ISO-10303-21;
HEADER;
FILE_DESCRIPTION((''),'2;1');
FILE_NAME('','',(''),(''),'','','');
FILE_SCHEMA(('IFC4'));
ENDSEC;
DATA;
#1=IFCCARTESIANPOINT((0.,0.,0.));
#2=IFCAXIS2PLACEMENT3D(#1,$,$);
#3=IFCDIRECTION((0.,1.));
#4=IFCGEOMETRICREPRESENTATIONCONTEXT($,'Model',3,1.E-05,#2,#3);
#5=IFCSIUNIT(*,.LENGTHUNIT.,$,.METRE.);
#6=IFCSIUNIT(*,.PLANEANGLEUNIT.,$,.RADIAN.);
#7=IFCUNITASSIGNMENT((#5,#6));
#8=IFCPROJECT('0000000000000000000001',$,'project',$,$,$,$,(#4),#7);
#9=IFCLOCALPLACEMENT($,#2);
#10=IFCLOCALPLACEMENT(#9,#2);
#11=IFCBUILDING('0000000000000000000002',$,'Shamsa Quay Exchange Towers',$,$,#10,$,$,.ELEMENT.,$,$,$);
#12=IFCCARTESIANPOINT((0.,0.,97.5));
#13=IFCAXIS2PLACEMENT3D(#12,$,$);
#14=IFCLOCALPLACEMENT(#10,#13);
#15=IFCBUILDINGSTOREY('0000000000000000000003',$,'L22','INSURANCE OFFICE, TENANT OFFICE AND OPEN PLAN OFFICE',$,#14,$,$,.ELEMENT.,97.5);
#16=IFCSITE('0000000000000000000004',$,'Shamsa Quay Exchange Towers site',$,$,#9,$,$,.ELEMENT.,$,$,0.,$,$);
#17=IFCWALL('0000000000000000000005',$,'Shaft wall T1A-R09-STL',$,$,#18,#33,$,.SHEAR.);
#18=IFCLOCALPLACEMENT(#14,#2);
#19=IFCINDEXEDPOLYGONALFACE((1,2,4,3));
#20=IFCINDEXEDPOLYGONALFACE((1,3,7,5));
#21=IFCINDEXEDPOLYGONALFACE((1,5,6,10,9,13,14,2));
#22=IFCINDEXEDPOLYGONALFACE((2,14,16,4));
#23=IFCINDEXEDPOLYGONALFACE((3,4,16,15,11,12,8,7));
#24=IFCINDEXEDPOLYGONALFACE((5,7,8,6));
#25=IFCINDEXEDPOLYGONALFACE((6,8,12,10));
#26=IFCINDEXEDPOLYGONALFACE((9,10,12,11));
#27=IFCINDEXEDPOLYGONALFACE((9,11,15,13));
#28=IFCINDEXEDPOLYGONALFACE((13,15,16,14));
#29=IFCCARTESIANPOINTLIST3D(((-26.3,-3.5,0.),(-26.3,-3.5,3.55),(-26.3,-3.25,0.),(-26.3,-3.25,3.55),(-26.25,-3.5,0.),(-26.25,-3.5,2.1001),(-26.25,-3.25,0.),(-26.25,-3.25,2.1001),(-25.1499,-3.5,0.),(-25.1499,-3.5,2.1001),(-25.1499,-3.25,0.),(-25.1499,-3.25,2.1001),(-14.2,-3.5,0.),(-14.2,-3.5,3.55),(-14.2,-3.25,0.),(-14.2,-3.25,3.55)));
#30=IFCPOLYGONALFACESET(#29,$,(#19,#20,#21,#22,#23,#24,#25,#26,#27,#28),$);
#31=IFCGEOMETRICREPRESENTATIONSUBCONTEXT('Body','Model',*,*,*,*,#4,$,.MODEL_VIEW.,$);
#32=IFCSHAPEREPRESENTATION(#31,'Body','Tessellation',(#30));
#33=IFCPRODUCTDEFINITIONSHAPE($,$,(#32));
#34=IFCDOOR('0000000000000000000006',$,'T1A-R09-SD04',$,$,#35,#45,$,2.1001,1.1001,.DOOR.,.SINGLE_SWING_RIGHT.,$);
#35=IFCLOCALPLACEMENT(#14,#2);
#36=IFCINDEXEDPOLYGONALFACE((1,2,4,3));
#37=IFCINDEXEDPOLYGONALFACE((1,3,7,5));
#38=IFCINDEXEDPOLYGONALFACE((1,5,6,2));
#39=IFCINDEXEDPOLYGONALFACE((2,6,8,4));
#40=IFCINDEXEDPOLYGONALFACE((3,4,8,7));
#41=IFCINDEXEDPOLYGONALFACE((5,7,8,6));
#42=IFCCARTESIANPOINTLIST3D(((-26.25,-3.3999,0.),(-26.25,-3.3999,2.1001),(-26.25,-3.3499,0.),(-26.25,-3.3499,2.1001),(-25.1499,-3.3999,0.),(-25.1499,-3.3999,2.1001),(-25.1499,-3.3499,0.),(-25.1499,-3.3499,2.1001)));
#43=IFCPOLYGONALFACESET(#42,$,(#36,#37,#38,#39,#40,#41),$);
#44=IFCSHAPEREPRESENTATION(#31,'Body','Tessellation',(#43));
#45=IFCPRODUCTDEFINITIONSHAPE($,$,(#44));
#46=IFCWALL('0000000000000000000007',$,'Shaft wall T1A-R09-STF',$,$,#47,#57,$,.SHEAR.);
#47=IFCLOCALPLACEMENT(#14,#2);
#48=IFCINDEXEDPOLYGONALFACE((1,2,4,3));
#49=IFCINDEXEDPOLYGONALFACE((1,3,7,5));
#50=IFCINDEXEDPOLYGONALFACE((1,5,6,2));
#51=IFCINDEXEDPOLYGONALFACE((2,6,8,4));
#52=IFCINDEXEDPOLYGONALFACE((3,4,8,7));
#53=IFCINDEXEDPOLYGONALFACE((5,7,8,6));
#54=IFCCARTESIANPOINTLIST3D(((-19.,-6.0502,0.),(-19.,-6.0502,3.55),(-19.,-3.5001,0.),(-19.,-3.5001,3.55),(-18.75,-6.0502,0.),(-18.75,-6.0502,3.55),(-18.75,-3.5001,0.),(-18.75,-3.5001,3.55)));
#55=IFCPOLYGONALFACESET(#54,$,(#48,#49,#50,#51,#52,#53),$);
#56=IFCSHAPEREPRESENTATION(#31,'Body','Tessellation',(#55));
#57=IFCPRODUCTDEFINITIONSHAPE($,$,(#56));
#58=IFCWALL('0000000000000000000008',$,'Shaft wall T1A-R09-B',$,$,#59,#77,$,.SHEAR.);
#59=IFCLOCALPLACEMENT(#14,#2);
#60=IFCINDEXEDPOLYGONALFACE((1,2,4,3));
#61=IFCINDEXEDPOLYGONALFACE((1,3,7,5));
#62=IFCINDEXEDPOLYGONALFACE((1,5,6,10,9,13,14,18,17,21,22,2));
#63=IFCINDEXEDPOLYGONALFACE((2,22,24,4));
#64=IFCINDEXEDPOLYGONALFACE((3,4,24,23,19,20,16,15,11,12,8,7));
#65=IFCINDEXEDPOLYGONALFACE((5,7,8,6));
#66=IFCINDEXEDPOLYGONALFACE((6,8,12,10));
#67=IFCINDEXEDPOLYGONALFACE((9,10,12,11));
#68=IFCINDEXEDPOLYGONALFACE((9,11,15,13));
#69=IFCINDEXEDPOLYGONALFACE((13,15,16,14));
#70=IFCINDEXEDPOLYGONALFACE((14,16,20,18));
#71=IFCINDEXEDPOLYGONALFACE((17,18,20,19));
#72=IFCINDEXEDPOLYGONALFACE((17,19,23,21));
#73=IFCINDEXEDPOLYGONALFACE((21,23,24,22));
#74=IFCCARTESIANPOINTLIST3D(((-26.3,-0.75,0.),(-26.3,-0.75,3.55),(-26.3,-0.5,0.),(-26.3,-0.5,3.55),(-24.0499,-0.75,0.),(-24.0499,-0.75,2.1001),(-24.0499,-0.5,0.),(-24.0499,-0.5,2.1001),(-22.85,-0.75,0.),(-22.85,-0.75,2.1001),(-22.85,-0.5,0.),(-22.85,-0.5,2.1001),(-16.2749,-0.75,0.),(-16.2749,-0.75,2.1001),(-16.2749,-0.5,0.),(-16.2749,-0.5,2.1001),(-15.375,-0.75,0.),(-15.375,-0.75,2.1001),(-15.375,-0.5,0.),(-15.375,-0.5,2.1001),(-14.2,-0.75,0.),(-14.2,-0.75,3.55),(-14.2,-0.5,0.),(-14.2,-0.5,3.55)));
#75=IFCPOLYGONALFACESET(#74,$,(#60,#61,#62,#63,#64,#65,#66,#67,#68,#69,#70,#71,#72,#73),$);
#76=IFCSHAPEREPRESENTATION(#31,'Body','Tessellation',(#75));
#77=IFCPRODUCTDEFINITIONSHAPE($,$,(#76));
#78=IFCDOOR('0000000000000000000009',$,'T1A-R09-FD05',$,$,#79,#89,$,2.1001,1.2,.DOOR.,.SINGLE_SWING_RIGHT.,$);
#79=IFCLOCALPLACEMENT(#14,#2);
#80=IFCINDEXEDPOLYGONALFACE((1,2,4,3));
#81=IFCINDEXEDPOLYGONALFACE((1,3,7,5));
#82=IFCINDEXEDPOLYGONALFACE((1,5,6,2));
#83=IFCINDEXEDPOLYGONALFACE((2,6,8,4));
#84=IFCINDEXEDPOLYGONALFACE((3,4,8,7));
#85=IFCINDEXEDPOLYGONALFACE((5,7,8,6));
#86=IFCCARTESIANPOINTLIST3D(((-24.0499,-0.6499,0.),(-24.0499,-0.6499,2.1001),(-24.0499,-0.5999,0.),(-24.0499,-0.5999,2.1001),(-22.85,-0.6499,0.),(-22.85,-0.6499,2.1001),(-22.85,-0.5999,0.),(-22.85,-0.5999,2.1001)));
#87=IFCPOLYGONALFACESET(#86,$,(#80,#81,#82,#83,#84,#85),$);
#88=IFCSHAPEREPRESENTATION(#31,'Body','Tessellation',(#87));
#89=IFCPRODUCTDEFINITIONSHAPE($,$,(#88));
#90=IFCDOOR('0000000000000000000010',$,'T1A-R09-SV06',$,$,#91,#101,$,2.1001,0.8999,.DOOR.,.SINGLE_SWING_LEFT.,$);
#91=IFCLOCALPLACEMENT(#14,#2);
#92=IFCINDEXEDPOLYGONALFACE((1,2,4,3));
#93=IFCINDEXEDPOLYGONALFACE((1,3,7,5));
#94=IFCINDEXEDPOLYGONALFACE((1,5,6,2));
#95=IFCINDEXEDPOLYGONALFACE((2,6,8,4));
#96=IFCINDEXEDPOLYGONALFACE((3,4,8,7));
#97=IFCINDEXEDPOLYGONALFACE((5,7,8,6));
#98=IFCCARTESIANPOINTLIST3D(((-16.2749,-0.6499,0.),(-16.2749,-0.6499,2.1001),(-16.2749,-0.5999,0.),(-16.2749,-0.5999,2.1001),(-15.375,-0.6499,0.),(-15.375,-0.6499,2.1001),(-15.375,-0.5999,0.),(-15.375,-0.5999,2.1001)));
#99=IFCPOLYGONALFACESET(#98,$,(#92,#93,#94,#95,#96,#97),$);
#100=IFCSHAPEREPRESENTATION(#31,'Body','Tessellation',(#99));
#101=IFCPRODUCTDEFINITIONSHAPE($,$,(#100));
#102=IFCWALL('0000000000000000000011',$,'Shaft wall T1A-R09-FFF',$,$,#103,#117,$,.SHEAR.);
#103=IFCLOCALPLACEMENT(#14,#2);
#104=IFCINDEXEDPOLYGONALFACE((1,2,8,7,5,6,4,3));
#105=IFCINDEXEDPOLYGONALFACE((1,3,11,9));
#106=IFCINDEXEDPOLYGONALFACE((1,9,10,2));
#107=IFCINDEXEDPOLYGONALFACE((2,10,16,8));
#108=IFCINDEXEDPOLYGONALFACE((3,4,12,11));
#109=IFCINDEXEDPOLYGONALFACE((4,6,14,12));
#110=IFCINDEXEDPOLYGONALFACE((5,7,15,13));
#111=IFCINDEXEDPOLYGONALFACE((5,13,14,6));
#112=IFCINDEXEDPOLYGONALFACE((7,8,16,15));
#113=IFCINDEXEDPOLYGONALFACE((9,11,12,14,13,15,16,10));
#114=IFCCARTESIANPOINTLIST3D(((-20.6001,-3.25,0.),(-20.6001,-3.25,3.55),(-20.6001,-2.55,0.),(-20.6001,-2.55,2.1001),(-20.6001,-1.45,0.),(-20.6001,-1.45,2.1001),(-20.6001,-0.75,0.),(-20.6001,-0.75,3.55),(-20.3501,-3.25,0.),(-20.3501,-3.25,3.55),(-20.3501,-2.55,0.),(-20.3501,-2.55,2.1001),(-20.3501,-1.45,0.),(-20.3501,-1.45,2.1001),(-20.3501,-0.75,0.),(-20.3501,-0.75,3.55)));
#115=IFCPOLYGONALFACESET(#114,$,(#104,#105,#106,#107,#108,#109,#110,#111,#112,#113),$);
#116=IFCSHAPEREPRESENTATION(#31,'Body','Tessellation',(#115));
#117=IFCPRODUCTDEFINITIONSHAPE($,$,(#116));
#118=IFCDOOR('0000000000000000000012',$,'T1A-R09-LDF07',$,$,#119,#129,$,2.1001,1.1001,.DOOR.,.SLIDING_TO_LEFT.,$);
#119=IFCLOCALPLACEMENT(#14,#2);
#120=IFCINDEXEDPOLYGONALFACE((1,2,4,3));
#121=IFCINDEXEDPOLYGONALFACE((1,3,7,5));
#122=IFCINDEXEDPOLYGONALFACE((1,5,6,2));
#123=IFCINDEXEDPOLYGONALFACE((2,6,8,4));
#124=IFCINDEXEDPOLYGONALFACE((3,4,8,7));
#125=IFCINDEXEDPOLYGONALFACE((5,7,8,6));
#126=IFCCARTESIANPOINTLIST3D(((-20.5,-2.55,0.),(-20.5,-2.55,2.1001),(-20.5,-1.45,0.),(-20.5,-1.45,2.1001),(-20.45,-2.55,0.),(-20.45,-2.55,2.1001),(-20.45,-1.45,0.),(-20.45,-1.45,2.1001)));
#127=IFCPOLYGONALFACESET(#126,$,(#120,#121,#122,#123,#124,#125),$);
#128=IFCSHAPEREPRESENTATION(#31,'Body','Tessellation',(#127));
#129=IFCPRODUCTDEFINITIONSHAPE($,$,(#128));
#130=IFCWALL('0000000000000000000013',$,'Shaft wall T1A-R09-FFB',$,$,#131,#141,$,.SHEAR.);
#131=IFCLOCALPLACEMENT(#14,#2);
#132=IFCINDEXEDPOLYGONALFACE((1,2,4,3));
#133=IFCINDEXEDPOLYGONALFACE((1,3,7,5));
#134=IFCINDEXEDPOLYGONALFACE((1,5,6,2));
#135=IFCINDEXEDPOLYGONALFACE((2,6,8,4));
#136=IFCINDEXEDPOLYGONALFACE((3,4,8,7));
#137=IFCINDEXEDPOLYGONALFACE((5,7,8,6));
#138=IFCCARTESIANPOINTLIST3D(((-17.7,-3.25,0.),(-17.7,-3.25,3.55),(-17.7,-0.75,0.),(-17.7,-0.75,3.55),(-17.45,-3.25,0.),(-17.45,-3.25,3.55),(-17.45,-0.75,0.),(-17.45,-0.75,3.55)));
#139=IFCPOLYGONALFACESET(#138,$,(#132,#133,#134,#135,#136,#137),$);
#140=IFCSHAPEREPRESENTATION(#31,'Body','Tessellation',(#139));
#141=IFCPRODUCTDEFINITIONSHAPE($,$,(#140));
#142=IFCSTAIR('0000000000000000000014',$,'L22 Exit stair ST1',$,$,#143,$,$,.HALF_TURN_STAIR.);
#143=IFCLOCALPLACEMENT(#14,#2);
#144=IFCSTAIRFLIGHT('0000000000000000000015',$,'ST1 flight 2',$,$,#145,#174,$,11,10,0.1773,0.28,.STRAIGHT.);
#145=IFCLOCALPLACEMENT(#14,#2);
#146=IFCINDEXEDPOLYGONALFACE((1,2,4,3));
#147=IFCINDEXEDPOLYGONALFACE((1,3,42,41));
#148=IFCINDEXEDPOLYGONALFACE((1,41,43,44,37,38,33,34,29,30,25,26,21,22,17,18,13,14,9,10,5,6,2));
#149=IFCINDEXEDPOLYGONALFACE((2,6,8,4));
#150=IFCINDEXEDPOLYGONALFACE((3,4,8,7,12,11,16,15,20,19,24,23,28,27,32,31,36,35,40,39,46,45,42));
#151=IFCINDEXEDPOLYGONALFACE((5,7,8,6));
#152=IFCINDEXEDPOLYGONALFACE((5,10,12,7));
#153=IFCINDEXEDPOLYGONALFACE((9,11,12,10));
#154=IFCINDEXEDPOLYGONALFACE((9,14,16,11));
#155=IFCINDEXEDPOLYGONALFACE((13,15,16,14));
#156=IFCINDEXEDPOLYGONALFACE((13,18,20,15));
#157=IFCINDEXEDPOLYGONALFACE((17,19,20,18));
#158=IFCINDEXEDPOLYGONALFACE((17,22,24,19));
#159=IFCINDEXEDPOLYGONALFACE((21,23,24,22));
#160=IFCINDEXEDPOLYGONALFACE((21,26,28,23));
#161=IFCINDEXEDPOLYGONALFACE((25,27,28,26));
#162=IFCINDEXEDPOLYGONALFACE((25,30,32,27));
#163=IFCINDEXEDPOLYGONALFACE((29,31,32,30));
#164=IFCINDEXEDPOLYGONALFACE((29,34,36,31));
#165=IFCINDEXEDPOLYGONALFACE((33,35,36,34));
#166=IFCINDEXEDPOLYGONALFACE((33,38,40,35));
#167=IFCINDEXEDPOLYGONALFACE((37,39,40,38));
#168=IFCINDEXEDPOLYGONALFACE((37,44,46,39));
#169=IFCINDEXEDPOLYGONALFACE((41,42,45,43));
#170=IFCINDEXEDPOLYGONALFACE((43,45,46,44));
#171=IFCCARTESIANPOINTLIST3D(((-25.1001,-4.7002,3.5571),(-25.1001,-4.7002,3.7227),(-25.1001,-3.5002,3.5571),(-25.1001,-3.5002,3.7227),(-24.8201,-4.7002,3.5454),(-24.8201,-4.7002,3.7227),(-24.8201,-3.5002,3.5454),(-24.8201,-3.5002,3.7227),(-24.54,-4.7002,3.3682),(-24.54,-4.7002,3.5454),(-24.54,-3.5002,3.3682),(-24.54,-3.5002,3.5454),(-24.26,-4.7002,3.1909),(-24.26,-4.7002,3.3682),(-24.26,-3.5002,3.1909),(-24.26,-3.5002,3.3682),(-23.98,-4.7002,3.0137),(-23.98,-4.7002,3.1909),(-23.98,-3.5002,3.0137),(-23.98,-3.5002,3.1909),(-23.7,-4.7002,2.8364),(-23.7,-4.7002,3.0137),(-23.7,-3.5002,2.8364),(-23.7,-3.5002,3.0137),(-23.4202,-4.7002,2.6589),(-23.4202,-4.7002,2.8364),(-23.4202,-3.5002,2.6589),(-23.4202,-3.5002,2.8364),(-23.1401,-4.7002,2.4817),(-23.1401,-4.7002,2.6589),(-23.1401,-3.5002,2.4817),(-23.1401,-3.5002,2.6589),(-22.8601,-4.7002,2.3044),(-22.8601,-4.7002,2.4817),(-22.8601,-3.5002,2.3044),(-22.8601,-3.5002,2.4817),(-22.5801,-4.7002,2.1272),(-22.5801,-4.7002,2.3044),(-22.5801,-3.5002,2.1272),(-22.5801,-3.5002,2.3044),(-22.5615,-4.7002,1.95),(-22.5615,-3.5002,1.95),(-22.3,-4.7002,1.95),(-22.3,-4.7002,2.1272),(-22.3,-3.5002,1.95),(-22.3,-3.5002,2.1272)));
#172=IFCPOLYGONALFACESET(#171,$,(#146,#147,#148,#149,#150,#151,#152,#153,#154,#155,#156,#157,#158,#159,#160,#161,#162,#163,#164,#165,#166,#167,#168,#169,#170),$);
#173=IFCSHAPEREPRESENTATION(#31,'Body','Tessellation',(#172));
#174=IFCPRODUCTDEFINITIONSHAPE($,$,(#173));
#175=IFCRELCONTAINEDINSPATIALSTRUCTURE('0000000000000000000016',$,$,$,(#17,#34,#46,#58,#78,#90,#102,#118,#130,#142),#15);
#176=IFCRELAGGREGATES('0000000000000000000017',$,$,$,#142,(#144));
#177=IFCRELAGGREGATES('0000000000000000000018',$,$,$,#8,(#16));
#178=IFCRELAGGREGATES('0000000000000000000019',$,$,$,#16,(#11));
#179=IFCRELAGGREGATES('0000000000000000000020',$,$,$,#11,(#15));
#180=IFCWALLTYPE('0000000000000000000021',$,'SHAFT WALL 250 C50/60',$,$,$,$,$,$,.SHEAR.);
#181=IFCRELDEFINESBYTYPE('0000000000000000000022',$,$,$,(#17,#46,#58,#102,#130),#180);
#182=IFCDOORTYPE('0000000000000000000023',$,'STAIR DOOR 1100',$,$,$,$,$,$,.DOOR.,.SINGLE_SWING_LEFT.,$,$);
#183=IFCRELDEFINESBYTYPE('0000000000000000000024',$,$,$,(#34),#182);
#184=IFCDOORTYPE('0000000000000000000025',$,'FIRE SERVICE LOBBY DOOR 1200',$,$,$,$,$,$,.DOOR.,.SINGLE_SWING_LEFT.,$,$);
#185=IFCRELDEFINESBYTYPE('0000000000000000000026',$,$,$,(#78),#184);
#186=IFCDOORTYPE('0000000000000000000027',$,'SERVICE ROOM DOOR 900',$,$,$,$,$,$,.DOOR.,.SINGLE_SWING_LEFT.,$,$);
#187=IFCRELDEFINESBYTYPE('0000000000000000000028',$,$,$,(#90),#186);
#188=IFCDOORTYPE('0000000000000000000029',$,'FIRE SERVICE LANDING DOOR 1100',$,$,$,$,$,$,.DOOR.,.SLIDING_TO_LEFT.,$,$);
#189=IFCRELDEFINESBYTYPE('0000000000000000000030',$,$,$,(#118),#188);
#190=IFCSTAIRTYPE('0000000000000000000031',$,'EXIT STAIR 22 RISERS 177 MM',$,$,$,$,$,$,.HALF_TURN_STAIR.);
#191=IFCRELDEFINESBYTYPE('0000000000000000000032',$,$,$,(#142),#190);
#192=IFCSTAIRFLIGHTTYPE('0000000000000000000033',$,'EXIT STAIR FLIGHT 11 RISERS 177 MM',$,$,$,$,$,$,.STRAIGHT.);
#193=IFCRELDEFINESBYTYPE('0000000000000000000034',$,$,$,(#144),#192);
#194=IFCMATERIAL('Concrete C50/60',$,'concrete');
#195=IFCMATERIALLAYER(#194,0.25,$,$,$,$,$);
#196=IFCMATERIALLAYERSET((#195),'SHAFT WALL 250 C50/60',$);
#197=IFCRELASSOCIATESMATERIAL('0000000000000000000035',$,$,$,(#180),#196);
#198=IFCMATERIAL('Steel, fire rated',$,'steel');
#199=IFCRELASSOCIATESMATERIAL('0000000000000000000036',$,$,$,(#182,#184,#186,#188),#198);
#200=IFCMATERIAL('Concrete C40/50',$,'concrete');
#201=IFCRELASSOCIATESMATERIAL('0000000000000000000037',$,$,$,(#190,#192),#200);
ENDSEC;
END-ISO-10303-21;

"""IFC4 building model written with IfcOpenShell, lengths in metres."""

from ifc_helpers import new_model, si_unit, direction, frame, frame_2d, origin, place, context, subcontext, project, spatial, polyline, rectangle, outline, extrude, material, layer, layer_set, type_object, element, fill, aggregate, save


model = new_model("IFC4")

# Units and contexts
model_context = context("Model", 3, precision=1e-05, world=origin(), true_north=direction((0.0, 1.0)))
body_context = subcontext(model_context, "Body", "Model", "MODEL_VIEW")
ifc_project = project(units=[si_unit("LENGTHUNIT", "METRE"), si_unit("PLANEANGLEUNIT", "RADIAN")], contexts=[model_context])

# Site, building, storey
site_placement = place(None, origin())
site = spatial("IfcSite", under=ifc_project, at=site_placement, Name="Shamsa Quay Exchange Towers site", CompositionType="ELEMENT", RefElevation=0.0)
building_placement = place(site_placement, origin())
building = spatial("IfcBuilding", under=site, at=building_placement, Name="Shamsa Quay Exchange Towers", CompositionType="ELEMENT")
storey_placement = place(building_placement, frame((0.0, 0.0, 97.5)))
storey = spatial("IfcBuildingStorey", under=building, at=storey_placement, Name="L22", Description="INSURANCE OFFICE, TENANT OFFICE AND OPEN PLAN OFFICE", CompositionType="ELEMENT", Elevation=97.5)

# Wall, opening, door
ifc_material_1 = material(Name="Concrete C50/60", Category="concrete")
ifc_layer_1 = layer(ifc_material_1, 0.25)
ifc_layer_set_1 = layer_set([ifc_layer_1], Name="SHAFT WALL 250 C50/60")
wall_type_1 = type_object("IfcWallType", Name="SHAFT WALL 250 C50/60", PredefinedType="SHEAR", material=ifc_layer_set_1)
wall_1_placement = place(storey_placement, frame((-14.2, -3.375, 0.0), z_axis=(0.0, 0.0, 1.0), x_axis=(-1.0, 0.0, 0.0)))
wall_1 = element("IfcWall", 1, at=wall_1_placement, inside=storey, type_object=wall_type_1, Name="Shaft wall T1A-R09-STL", PredefinedType="SHEAR", context=body_context, shape_type="SweptSolid", body=[
    extrude(rectangle(XDim=12.1001, YDim=0.25, at=frame_2d((6.05, 0.0))), origin(), (0.0, 0.0, 1.0), 3.55),
])
opening_1_placement = place(wall_1_placement, frame((10.95, 0.0, 0.0)))
opening_1 = element("IfcOpeningElement", 2, at=opening_1_placement, cuts=wall_1, PredefinedType="OPENING", context=body_context, shape_type="SweptSolid", body=[
    extrude(rectangle(XDim=1.1001, YDim=2.1001, at=frame_2d((0.55, 1.05))), frame((0.0, 0.135, 0.0), z_axis=(0.0, -1.0, 0.0), x_axis=(1.0, 0.0, 0.0)), (0.0, 0.0, 1.0), 0.27),
])
ifc_material_2 = material(Name="Steel, fire rated", Category="steel")
door_type_1 = type_object("IfcDoorType", Name="STAIR DOOR 1100", OperationType="SINGLE_SWING_LEFT", PredefinedType="DOOR", material=ifc_material_2)
door_1_placement = place(opening_1_placement, origin())
door_1 = element("IfcDoor", 3, at=door_1_placement, inside=storey, type_object=door_type_1, Name="T1A-R09-SD04", OperationType="SINGLE_SWING_RIGHT", OverallHeight=2.1001, OverallWidth=1.1001, PredefinedType="DOOR", context=body_context, shape_type="SweptSolid", body=[
    extrude(rectangle(XDim=1.1001, YDim=2.1001, at=frame_2d((0.55, 1.05))), frame((0.0, 0.0249, 0.0), z_axis=(0.0, -1.0, 0.0), x_axis=(1.0, 0.0, 0.0)), (0.0, 0.0, 1.0), 0.05),
])
fill(opening_1, door_1)

# Wall
wall_2_placement = place(storey_placement, frame((-18.875, -6.05, 0.0), z_axis=(0.0, 0.0, 1.0), x_axis=(0.0, 1.0, 0.0)))
element("IfcWall", 4, at=wall_2_placement, inside=storey, type_object=wall_type_1, Name="Shaft wall T1A-R09-STF", PredefinedType="SHEAR", context=body_context, shape_type="SweptSolid", body=[
    extrude(rectangle(XDim=2.55, YDim=0.25, at=frame_2d((1.2749, 0.0))), origin(), (0.0, 0.0, 1.0), 3.55),
])

# Wall, openings, doors
wall_3_placement = place(storey_placement, frame((-14.2, -0.625, 0.0), z_axis=(0.0, 0.0, 1.0), x_axis=(-1.0, 0.0, 0.0)))
wall_3 = element("IfcWall", 5, at=wall_3_placement, inside=storey, type_object=wall_type_1, Name="Shaft wall T1A-R09-B", PredefinedType="SHEAR", context=body_context, shape_type="SweptSolid", body=[
    extrude(rectangle(XDim=12.1001, YDim=0.25, at=frame_2d((6.05, 0.0))), origin(), (0.0, 0.0, 1.0), 3.55),
])
opening_2_placement = place(wall_3_placement, frame((8.6499, 0.0, 0.0)))
opening_2 = element("IfcOpeningElement", 6, at=opening_2_placement, cuts=wall_3, PredefinedType="OPENING", context=body_context, shape_type="SweptSolid", body=[
    extrude(rectangle(XDim=1.2, YDim=2.1001, at=frame_2d((0.6001, 1.05))), frame((0.0, 0.135, 0.0), z_axis=(0.0, -1.0, 0.0), x_axis=(1.0, 0.0, 0.0)), (0.0, 0.0, 1.0), 0.27),
])
opening_3_placement = place(wall_3_placement, frame((1.175, 0.0, 0.0)))
opening_3 = element("IfcOpeningElement", 7, at=opening_3_placement, cuts=wall_3, PredefinedType="OPENING", context=body_context, shape_type="SweptSolid", body=[
    extrude(rectangle(XDim=0.8999, YDim=2.1001, at=frame_2d((0.45, 1.05))), frame((0.0, 0.135, 0.0), z_axis=(0.0, -1.0, 0.0), x_axis=(1.0, 0.0, 0.0)), (0.0, 0.0, 1.0), 0.27),
])
door_type_2 = type_object("IfcDoorType", Name="FIRE SERVICE LOBBY DOOR 1200", OperationType="SINGLE_SWING_LEFT", PredefinedType="DOOR", material=ifc_material_2)
door_2_placement = place(opening_2_placement, origin())
door_2 = element("IfcDoor", 8, at=door_2_placement, inside=storey, type_object=door_type_2, Name="T1A-R09-FD05", OperationType="SINGLE_SWING_RIGHT", OverallHeight=2.1001, OverallWidth=1.2, PredefinedType="DOOR", context=body_context, shape_type="SweptSolid", body=[
    extrude(rectangle(XDim=1.2, YDim=2.1001, at=frame_2d((0.6001, 1.05))), frame((0.0, 0.0249, 0.0), z_axis=(0.0, -1.0, 0.0), x_axis=(1.0, 0.0, 0.0)), (0.0, 0.0, 1.0), 0.05),
])
fill(opening_2, door_2)
door_type_3 = type_object("IfcDoorType", Name="SERVICE ROOM DOOR 900", OperationType="SINGLE_SWING_LEFT", PredefinedType="DOOR", material=ifc_material_2)
door_3_placement = place(opening_3_placement, origin())
door_3 = element("IfcDoor", 9, at=door_3_placement, inside=storey, type_object=door_type_3, Name="T1A-R09-SV06", OperationType="SINGLE_SWING_LEFT", OverallHeight=2.1001, OverallWidth=0.8999, PredefinedType="DOOR", context=body_context, shape_type="SweptSolid", body=[
    extrude(rectangle(XDim=0.8999, YDim=2.1001, at=frame_2d((0.45, 1.05))), frame((0.0, 0.0249, 0.0), z_axis=(0.0, -1.0, 0.0), x_axis=(1.0, 0.0, 0.0)), (0.0, 0.0, 1.0), 0.05),
])
fill(opening_3, door_3)

# Wall, opening, door
wall_4_placement = place(storey_placement, frame((-20.4751, -3.25, 0.0), z_axis=(0.0, 0.0, 1.0), x_axis=(0.0, 1.0, 0.0)))
wall_4 = element("IfcWall", 10, at=wall_4_placement, inside=storey, type_object=wall_type_1, Name="Shaft wall T1A-R09-FFF", PredefinedType="SHEAR", context=body_context, shape_type="SweptSolid", body=[
    extrude(rectangle(XDim=2.5, YDim=0.25, at=frame_2d((1.25, 0.0))), origin(), (0.0, 0.0, 1.0), 3.55),
])
opening_4_placement = place(wall_4_placement, frame((0.7, 0.0, 0.0)))
opening_4 = element("IfcOpeningElement", 11, at=opening_4_placement, cuts=wall_4, PredefinedType="OPENING", context=body_context, shape_type="SweptSolid", body=[
    extrude(rectangle(XDim=1.1001, YDim=2.1001, at=frame_2d((0.55, 1.05))), frame((0.0, 0.135, 0.0), z_axis=(0.0, -1.0, 0.0), x_axis=(1.0, 0.0, 0.0)), (0.0, 0.0, 1.0), 0.27),
])
door_type_4 = type_object("IfcDoorType", Name="FIRE SERVICE LANDING DOOR 1100", OperationType="SLIDING_TO_LEFT", PredefinedType="DOOR", material=ifc_material_2)
door_4_placement = place(opening_4_placement, origin())
door_4 = element("IfcDoor", 12, at=door_4_placement, inside=storey, type_object=door_type_4, Name="T1A-R09-LDF07", OperationType="SLIDING_TO_LEFT", OverallHeight=2.1001, OverallWidth=1.1001, PredefinedType="DOOR", context=body_context, shape_type="SweptSolid", body=[
    extrude(rectangle(XDim=1.1001, YDim=2.1001, at=frame_2d((0.55, 1.05))), frame((0.0, 0.0249, 0.0), z_axis=(0.0, -1.0, 0.0), x_axis=(1.0, 0.0, 0.0)), (0.0, 0.0, 1.0), 0.05),
])
fill(opening_4, door_4)

# Wall
wall_5_placement = place(storey_placement, frame((-17.575, -3.25, 0.0), z_axis=(0.0, 0.0, 1.0), x_axis=(0.0, 1.0, 0.0)))
element("IfcWall", 13, at=wall_5_placement, inside=storey, type_object=wall_type_1, Name="Shaft wall T1A-R09-FFB", PredefinedType="SHEAR", context=body_context, shape_type="SweptSolid", body=[
    extrude(rectangle(XDim=2.5, YDim=0.25, at=frame_2d((1.25, 0.0))), origin(), (0.0, 0.0, 1.0), 3.55),
])

# Stair, stair flight
ifc_material_3 = material(Name="Concrete C40/50", Category="concrete")
stair_type = type_object("IfcStairType", Name="EXIT STAIR 22 RISERS 177 MM", PredefinedType="HALF_TURN_STAIR", material=ifc_material_3)
stair_placement = place(storey_placement, origin())
stair = element("IfcStair", 14, at=stair_placement, inside=storey, type_object=stair_type, Name="L22 Exit stair ST1", PredefinedType="HALF_TURN_STAIR")
stair_flight_type = type_object("IfcStairFlightType", Name="EXIT STAIR FLIGHT 11 RISERS 177 MM", PredefinedType="STRAIGHT", material=ifc_material_3)
stair_flight_placement = place(storey_placement, frame((-22.3, -4.1001, 1.95), z_axis=(0.0, 0.0, 1.0), x_axis=(-1.0, 0.0, 0.0)))
stair_flight = element("IfcStairFlight", 15, at=stair_flight_placement, type_object=stair_flight_type, Name="ST1 flight 2", NumberOfRisers=11, NumberOfTreads=10, PredefinedType="STRAIGHT", RiserHeight=0.1773, TreadLength=0.28, context=body_context, shape_type="SweptSolid", body=[
    extrude(outline(polyline([(0.0, 0.0), (0.0, 0.1772), (0.28, 0.1772), (0.28, 0.3545), (0.5601, 0.3545), (0.5601, 0.5317), (0.8401, 0.5317), (0.8401, 0.709), (1.1201, 0.709), (1.1201, 0.8865), (1.3999, 0.8865), (1.3999, 1.0637), (1.6799, 1.0637), (1.6799, 1.241), (1.96, 1.241), (1.96, 1.4182), (2.24, 1.4182), (2.24, 1.5955), (2.52, 1.5955), (2.52, 1.7727), (2.8, 1.7727), (2.8, 1.95), (2.8, 1.6072), (0.2615, 0.0), (0.0, 0.0)])), frame((0.0, 0.6001, 0.0), z_axis=(0.0, -1.0, 0.0), x_axis=(1.0, 0.0, 0.0)), (0.0, 0.0, 1.0), 1.2),
])
aggregate(stair, [stair_flight])

save(model, "model.ifc")
